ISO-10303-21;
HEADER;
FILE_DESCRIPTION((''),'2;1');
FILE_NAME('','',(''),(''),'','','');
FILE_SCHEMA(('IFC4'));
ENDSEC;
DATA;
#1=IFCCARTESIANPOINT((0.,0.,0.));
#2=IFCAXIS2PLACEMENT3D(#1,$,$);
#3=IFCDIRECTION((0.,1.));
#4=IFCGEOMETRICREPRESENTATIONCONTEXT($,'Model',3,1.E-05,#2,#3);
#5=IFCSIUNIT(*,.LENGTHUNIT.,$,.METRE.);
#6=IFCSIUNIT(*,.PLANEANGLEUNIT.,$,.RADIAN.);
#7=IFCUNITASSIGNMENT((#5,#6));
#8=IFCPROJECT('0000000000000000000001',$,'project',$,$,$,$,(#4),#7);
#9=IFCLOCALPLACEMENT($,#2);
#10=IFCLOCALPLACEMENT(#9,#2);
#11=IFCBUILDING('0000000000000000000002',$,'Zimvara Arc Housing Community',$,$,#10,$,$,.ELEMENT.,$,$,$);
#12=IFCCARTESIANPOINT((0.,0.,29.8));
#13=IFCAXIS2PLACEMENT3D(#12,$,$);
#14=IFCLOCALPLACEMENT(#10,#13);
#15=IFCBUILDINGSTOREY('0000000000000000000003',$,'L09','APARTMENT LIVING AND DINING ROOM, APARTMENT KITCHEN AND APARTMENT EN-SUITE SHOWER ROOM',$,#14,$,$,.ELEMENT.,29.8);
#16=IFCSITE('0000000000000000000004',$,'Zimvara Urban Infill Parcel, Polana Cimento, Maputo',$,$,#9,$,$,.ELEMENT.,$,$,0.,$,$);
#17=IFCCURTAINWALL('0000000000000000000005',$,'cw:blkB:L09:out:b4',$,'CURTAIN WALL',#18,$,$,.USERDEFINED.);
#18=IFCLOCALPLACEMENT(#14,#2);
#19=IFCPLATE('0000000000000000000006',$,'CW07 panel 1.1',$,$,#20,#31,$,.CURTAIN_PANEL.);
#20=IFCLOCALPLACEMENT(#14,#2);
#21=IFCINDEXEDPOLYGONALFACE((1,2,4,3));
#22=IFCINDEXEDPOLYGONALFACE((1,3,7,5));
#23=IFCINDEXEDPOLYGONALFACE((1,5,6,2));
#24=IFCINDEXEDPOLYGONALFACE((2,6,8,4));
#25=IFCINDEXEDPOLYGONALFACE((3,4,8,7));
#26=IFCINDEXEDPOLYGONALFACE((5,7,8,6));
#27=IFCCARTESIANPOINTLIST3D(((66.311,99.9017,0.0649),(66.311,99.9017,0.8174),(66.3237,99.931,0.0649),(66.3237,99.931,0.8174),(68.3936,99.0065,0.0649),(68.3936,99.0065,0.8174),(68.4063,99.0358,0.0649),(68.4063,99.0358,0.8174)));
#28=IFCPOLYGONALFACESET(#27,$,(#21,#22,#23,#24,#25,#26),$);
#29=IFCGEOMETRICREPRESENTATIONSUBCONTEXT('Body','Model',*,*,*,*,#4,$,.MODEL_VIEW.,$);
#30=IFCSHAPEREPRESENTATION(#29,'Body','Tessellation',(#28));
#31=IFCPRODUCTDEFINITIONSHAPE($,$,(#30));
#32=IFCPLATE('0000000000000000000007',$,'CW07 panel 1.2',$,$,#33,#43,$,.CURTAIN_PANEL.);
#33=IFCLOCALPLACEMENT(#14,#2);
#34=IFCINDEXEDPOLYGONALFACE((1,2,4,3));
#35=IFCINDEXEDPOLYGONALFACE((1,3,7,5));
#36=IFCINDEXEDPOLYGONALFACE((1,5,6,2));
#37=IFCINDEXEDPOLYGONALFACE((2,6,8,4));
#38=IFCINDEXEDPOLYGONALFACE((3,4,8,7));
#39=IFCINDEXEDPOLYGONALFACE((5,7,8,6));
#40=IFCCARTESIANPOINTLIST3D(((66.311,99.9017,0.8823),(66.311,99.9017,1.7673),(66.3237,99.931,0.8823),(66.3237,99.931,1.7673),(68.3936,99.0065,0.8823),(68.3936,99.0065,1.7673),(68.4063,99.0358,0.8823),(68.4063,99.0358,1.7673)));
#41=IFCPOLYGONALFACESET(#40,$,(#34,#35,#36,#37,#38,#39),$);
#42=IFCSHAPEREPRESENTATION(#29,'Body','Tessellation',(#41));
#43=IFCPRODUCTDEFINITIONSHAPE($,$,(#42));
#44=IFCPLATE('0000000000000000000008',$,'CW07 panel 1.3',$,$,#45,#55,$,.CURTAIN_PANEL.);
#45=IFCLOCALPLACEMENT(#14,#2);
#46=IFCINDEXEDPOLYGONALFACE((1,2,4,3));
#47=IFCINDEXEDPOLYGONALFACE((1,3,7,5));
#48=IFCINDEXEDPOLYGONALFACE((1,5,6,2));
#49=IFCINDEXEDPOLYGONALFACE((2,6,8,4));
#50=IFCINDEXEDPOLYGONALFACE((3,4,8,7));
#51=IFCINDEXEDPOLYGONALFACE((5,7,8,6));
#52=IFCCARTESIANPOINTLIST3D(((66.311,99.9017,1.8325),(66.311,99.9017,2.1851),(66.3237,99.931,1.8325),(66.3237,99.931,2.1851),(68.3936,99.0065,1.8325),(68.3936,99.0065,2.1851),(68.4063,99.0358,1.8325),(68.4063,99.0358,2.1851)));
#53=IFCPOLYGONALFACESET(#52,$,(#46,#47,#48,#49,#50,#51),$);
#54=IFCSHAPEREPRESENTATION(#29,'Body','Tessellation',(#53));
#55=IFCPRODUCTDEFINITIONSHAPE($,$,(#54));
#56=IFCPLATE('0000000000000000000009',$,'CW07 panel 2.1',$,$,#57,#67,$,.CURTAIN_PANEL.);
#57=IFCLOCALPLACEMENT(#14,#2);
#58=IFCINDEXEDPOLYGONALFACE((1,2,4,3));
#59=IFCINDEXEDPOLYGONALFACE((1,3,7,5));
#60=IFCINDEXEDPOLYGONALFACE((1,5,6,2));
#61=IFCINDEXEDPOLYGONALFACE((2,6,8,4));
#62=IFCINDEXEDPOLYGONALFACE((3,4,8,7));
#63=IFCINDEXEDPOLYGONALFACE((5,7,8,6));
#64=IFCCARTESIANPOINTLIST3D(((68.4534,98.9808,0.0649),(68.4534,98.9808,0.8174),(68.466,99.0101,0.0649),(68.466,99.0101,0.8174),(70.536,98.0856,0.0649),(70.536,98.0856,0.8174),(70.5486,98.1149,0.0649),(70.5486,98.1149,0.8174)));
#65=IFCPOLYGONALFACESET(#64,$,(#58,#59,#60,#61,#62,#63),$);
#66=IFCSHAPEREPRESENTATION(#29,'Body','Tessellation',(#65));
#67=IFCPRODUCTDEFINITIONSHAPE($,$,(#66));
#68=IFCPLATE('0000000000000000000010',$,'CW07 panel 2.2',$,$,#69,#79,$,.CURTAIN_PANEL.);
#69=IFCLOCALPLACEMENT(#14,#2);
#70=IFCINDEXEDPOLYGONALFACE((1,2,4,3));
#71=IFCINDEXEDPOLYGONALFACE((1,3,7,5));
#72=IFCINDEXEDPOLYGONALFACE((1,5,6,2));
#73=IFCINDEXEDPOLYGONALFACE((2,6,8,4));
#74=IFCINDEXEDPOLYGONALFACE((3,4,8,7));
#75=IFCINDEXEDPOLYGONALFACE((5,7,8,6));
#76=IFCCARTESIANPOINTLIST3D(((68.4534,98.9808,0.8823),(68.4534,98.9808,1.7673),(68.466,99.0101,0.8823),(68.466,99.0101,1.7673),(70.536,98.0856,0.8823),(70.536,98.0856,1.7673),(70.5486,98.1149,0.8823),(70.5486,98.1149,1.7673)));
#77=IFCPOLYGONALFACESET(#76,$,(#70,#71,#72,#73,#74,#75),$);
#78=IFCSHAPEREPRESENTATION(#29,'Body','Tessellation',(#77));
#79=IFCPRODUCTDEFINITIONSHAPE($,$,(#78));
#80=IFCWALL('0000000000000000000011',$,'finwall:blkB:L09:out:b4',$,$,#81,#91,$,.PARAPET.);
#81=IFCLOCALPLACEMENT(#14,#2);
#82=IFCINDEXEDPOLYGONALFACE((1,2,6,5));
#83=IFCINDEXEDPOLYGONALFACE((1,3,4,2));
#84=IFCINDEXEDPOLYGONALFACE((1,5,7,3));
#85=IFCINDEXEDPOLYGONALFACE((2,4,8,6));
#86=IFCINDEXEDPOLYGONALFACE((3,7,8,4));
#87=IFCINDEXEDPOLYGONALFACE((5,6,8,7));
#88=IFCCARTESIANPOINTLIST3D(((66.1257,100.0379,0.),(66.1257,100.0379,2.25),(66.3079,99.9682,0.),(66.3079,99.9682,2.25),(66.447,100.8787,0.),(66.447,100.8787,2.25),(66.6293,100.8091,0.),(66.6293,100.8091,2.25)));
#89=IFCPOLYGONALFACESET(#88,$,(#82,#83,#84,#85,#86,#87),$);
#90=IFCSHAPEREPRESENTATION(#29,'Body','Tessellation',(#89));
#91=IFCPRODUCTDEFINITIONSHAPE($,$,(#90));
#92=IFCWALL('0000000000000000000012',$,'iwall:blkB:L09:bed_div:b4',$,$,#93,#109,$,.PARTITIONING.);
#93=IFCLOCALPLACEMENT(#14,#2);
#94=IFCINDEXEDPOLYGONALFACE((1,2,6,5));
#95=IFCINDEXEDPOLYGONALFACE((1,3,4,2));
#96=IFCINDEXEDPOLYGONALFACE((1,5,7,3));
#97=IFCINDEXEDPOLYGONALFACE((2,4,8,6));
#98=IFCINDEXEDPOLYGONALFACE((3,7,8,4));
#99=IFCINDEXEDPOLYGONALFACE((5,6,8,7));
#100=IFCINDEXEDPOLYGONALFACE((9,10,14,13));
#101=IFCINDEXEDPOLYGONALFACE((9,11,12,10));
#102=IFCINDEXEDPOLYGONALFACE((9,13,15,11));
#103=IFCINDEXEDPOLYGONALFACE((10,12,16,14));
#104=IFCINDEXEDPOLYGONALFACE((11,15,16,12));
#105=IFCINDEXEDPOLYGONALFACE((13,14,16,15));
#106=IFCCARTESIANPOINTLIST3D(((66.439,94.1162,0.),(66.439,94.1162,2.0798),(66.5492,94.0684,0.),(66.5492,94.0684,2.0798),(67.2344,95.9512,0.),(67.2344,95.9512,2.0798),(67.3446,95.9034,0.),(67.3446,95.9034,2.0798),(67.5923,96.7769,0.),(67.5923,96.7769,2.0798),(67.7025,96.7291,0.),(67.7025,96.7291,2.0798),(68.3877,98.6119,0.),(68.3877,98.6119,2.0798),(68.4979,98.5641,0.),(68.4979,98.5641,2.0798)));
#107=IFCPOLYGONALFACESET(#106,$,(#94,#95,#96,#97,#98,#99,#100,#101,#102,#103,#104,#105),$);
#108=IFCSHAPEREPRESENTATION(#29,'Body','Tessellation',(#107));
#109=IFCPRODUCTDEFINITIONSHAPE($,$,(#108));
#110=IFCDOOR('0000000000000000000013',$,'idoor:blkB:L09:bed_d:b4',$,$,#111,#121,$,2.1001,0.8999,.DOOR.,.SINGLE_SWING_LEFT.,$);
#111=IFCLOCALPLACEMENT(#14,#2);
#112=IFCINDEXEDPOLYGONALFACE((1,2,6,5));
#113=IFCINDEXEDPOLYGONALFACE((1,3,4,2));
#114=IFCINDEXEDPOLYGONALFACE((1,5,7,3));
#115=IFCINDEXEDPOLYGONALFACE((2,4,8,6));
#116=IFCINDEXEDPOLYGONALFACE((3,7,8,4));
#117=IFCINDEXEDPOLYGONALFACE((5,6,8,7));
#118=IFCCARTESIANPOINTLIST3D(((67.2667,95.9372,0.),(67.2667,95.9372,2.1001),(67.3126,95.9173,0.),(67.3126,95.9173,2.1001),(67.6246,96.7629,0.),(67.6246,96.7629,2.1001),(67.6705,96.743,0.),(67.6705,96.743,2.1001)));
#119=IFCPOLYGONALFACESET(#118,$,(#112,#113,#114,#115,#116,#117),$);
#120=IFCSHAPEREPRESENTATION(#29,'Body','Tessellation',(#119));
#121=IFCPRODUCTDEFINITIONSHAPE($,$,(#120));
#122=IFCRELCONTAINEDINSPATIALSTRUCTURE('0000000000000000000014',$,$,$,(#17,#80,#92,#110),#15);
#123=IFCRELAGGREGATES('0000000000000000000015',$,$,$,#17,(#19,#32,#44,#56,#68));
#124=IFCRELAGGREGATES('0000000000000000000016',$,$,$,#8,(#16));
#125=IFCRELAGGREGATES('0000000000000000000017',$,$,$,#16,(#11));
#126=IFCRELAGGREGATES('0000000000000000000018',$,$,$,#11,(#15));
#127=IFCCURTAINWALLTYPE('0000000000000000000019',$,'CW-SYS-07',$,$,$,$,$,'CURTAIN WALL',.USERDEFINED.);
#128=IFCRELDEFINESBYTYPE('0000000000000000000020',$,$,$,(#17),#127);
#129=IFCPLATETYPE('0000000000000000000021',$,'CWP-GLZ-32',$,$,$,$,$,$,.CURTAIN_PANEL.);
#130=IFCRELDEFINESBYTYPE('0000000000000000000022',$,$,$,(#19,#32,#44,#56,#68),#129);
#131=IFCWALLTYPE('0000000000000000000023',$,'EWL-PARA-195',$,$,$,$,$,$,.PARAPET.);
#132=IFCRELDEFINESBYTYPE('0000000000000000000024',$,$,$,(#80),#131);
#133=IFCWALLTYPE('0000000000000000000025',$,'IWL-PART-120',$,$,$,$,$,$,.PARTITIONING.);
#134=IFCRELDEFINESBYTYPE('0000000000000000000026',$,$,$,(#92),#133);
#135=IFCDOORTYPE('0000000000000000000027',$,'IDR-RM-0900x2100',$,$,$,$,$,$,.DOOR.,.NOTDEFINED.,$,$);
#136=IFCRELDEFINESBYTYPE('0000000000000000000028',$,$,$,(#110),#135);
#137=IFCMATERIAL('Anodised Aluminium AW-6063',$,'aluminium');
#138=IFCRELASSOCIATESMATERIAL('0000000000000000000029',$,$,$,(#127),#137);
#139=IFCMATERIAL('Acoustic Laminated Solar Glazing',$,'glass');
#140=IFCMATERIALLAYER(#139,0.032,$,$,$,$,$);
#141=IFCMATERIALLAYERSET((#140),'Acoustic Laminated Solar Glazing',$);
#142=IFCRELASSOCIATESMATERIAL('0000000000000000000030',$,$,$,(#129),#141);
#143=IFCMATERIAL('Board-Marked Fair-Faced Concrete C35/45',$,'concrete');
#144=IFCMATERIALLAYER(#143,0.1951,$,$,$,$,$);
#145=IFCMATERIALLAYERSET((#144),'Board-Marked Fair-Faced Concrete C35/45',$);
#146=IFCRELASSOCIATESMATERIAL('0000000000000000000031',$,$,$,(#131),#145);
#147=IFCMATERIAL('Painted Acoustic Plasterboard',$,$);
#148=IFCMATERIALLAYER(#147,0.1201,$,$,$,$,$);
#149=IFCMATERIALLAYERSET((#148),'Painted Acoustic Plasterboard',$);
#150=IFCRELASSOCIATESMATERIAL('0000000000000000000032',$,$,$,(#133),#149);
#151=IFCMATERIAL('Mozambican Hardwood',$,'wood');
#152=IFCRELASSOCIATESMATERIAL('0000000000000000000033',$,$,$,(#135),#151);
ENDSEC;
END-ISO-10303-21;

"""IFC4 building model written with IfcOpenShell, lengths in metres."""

from ifc_helpers import new_model, si_unit, direction, frame, frame_2d, origin, origin_2d, place, context, subcontext, project, spatial, rectangle, extrude, material, layer, layer_set, type_object, element, fill, aggregate, save


model = new_model("IFC4")

# Units and contexts
model_context = context("Model", 3, precision=1e-05, world=origin(), true_north=direction((0.0, 1.0)))
body_context = subcontext(model_context, "Body", "Model", "MODEL_VIEW")
ifc_project = project(units=[si_unit("LENGTHUNIT", "METRE"), si_unit("PLANEANGLEUNIT", "RADIAN")], contexts=[model_context])

# Site, building, storey
site_placement = place(None, origin())
site = spatial("IfcSite", under=ifc_project, at=site_placement, Name="Zimvara Urban Infill Parcel, Polana Cimento, Maputo", CompositionType="ELEMENT", RefElevation=0.0)
building_placement = place(site_placement, origin())
building = spatial("IfcBuilding", under=site, at=building_placement, Name="Zimvara Arc Housing Community", CompositionType="ELEMENT")
storey_placement = place(building_placement, frame((0.0, 0.0, 29.8)))
storey = spatial("IfcBuildingStorey", under=building, at=storey_placement, Name="L09", Description="APARTMENT LIVING AND DINING ROOM, APARTMENT KITCHEN AND APARTMENT EN-SUITE SHOWER ROOM", CompositionType="ELEMENT", Elevation=29.8)

# Curtain wall, plates
ifc_material_1 = material(Name="Anodised Aluminium AW-6063", Category="aluminium")
curtain_wall_type_1 = type_object("IfcCurtainWallType", Name="CW-SYS-07", ElementType="CURTAIN WALL", PredefinedType="USERDEFINED", material=ifc_material_1)
curtain_wall_1_placement = place(storey_placement, origin())
curtain_wall_1 = element("IfcCurtainWall", 1, at=curtain_wall_1_placement, inside=storey, type_object=curtain_wall_type_1, Name="cw:blkB:L09:out:b4", ObjectType="CURTAIN WALL", PredefinedType="USERDEFINED")
ifc_material_2 = material(Name="Acoustic Laminated Solar Glazing", Category="glass")
ifc_layer_1 = layer(ifc_material_2, 0.032)
ifc_layer_set_1 = layer_set([ifc_layer_1], Name="Acoustic Laminated Solar Glazing")
plate_type = type_object("IfcPlateType", Name="CWP-GLZ-32", PredefinedType="CURTAIN_PANEL", material=ifc_layer_set_1)
plate_1_placement = place(storey_placement, frame((67.3586, 99.4688, 0.0649), z_axis=(0.0, 0.0, 1.0), x_axis=(0.918722, -0.394904, 0.0)))
plate_1 = element("IfcPlate", 2, at=plate_1_placement, type_object=plate_type, Name="CW07 panel 1.1", PredefinedType="CURTAIN_PANEL", context=body_context, shape_type="SweptSolid", body=[
    extrude(rectangle(XDim=2.2668, YDim=0.032, at=origin_2d()), origin(), (0.0, 0.0, 1.0), 0.7524),
])
plate_2_placement = place(storey_placement, frame((67.3586, 99.4688, 0.8823), z_axis=(0.0, 0.0, 1.0), x_axis=(0.918722, -0.394904, 0.0)))
plate_2 = element("IfcPlate", 3, at=plate_2_placement, type_object=plate_type, Name="CW07 panel 1.2", PredefinedType="CURTAIN_PANEL", context=body_context, shape_type="SweptSolid", body=[
    extrude(rectangle(XDim=2.2668, YDim=0.032, at=origin_2d()), origin(), (0.0, 0.0, 1.0), 0.885),
])
plate_3_placement = place(storey_placement, frame((67.3586, 99.4688, 1.8325), z_axis=(0.0, 0.0, 1.0), x_axis=(0.918722, -0.394904, 0.0)))
plate_3 = element("IfcPlate", 4, at=plate_3_placement, type_object=plate_type, Name="CW07 panel 1.3", PredefinedType="CURTAIN_PANEL", context=body_context, shape_type="SweptSolid", body=[
    extrude(rectangle(XDim=2.2668, YDim=0.032, at=origin_2d()), origin(), (0.0, 0.0, 1.0), 0.3525),
])
plate_4_placement = place(storey_placement, frame((69.501, 98.5479, 0.0649), z_axis=(0.0, 0.0, 1.0), x_axis=(0.918722, -0.394904, 0.0)))
plate_4 = element("IfcPlate", 5, at=plate_4_placement, type_object=plate_type, Name="CW07 panel 2.1", PredefinedType="CURTAIN_PANEL", context=body_context, shape_type="SweptSolid", body=[
    extrude(rectangle(XDim=2.2668, YDim=0.032, at=origin_2d()), origin(), (0.0, 0.0, 1.0), 0.7524),
])
plate_5_placement = place(storey_placement, frame((69.501, 98.5479, 0.8823), z_axis=(0.0, 0.0, 1.0), x_axis=(0.918722, -0.394904, 0.0)))
plate_5 = element("IfcPlate", 6, at=plate_5_placement, type_object=plate_type, Name="CW07 panel 2.2", PredefinedType="CURTAIN_PANEL", context=body_context, shape_type="SweptSolid", body=[
    extrude(rectangle(XDim=2.2668, YDim=0.032, at=origin_2d()), origin(), (0.0, 0.0, 1.0), 0.885),
])
aggregate(curtain_wall_1, [plate_1, plate_2, plate_3, plate_4, plate_5])

# Wall
ifc_material_3 = material(Name="Board-Marked Fair-Faced Concrete C35/45", Category="concrete")
ifc_layer_2 = layer(ifc_material_3, 0.1951)
ifc_layer_set_2 = layer_set([ifc_layer_2], Name="Board-Marked Fair-Faced Concrete C35/45")
wall_type_1 = type_object("IfcWallType", Name="EWL-PARA-195", PredefinedType="PARAPET", material=ifc_layer_set_2)
wall_1_placement = place(storey_placement, frame((66.2168, 100.0029, 0.0), z_axis=(0.0, 0.0, 1.0), x_axis=(0.356943, 0.934126, 0.0)))
element("IfcWall", 7, at=wall_1_placement, inside=storey, type_object=wall_type_1, Name="finwall:blkB:L09:out:b4", PredefinedType="PARAPET", context=body_context, shape_type="SweptSolid", body=[
    extrude(rectangle(XDim=0.9001, YDim=0.1951, at=frame_2d((0.4502, 0.0))), origin(), (0.0, 0.0, 1.0), 2.25),
])

# Wall, opening, door
ifc_material_4 = material(Name="Painted Acoustic Plasterboard")
ifc_layer_3 = layer(ifc_material_4, 0.1201)
ifc_layer_set_3 = layer_set([ifc_layer_3], Name="Painted Acoustic Plasterboard")
wall_type_2 = type_object("IfcWallType", Name="IWL-PART-120", PredefinedType="PARTITIONING", material=ifc_layer_set_3)
wall_2_placement = place(storey_placement, frame((66.4941, 94.0923, 0.0), z_axis=(0.0, 0.0, 1.0), x_axis=(0.397698, 0.917516, 0.0)))
wall_2 = element("IfcWall", 8, at=wall_2_placement, inside=storey, type_object=wall_type_2, Name="iwall:blkB:L09:bed_div:b4", PredefinedType="PARTITIONING", context=body_context, shape_type="SweptSolid", body=[
    extrude(rectangle(XDim=4.8999, YDim=0.1201, at=frame_2d((2.45, 0.0))), origin(), (0.0, 0.0, 1.0), 2.0798),
])
opening_placement = place(wall_2_placement, frame((2.0, 0.0, 0.0)))
opening = element("IfcOpeningElement", 9, at=opening_placement, cuts=wall_2, PredefinedType="OPENING", context=body_context, shape_type="SweptSolid", body=[
    extrude(rectangle(XDim=0.8999, YDim=2.1001, at=frame_2d((0.45, 1.05))), frame((0.0, 0.0701, 0.0), z_axis=(0.0, -1.0, 0.0), x_axis=(1.0, 0.0, 0.0)), (0.0, 0.0, 1.0), 0.1401),
])
ifc_material_5 = material(Name="Mozambican Hardwood", Category="wood")
door_type = type_object("IfcDoorType", Name="IDR-RM-0900x2100", OperationType="NOTDEFINED", PredefinedType="DOOR", material=ifc_material_5)
door_placement = place(opening_placement, origin())
door = element("IfcDoor", 10, at=door_placement, inside=storey, type_object=door_type, Name="idoor:blkB:L09:bed_d:b4", OperationType="SINGLE_SWING_LEFT", OverallHeight=2.1001, OverallWidth=0.8999, PredefinedType="DOOR", context=body_context, shape_type="SweptSolid", body=[
    extrude(rectangle(XDim=0.8999, YDim=2.1001, at=frame_2d((0.45, 1.05))), frame((0.0, 0.0249, 0.0), z_axis=(0.0, -1.0, 0.0), x_axis=(1.0, 0.0, 0.0)), (0.0, 0.0, 1.0), 0.05),
])
fill(opening, door)

save(model, "model.ifc")
